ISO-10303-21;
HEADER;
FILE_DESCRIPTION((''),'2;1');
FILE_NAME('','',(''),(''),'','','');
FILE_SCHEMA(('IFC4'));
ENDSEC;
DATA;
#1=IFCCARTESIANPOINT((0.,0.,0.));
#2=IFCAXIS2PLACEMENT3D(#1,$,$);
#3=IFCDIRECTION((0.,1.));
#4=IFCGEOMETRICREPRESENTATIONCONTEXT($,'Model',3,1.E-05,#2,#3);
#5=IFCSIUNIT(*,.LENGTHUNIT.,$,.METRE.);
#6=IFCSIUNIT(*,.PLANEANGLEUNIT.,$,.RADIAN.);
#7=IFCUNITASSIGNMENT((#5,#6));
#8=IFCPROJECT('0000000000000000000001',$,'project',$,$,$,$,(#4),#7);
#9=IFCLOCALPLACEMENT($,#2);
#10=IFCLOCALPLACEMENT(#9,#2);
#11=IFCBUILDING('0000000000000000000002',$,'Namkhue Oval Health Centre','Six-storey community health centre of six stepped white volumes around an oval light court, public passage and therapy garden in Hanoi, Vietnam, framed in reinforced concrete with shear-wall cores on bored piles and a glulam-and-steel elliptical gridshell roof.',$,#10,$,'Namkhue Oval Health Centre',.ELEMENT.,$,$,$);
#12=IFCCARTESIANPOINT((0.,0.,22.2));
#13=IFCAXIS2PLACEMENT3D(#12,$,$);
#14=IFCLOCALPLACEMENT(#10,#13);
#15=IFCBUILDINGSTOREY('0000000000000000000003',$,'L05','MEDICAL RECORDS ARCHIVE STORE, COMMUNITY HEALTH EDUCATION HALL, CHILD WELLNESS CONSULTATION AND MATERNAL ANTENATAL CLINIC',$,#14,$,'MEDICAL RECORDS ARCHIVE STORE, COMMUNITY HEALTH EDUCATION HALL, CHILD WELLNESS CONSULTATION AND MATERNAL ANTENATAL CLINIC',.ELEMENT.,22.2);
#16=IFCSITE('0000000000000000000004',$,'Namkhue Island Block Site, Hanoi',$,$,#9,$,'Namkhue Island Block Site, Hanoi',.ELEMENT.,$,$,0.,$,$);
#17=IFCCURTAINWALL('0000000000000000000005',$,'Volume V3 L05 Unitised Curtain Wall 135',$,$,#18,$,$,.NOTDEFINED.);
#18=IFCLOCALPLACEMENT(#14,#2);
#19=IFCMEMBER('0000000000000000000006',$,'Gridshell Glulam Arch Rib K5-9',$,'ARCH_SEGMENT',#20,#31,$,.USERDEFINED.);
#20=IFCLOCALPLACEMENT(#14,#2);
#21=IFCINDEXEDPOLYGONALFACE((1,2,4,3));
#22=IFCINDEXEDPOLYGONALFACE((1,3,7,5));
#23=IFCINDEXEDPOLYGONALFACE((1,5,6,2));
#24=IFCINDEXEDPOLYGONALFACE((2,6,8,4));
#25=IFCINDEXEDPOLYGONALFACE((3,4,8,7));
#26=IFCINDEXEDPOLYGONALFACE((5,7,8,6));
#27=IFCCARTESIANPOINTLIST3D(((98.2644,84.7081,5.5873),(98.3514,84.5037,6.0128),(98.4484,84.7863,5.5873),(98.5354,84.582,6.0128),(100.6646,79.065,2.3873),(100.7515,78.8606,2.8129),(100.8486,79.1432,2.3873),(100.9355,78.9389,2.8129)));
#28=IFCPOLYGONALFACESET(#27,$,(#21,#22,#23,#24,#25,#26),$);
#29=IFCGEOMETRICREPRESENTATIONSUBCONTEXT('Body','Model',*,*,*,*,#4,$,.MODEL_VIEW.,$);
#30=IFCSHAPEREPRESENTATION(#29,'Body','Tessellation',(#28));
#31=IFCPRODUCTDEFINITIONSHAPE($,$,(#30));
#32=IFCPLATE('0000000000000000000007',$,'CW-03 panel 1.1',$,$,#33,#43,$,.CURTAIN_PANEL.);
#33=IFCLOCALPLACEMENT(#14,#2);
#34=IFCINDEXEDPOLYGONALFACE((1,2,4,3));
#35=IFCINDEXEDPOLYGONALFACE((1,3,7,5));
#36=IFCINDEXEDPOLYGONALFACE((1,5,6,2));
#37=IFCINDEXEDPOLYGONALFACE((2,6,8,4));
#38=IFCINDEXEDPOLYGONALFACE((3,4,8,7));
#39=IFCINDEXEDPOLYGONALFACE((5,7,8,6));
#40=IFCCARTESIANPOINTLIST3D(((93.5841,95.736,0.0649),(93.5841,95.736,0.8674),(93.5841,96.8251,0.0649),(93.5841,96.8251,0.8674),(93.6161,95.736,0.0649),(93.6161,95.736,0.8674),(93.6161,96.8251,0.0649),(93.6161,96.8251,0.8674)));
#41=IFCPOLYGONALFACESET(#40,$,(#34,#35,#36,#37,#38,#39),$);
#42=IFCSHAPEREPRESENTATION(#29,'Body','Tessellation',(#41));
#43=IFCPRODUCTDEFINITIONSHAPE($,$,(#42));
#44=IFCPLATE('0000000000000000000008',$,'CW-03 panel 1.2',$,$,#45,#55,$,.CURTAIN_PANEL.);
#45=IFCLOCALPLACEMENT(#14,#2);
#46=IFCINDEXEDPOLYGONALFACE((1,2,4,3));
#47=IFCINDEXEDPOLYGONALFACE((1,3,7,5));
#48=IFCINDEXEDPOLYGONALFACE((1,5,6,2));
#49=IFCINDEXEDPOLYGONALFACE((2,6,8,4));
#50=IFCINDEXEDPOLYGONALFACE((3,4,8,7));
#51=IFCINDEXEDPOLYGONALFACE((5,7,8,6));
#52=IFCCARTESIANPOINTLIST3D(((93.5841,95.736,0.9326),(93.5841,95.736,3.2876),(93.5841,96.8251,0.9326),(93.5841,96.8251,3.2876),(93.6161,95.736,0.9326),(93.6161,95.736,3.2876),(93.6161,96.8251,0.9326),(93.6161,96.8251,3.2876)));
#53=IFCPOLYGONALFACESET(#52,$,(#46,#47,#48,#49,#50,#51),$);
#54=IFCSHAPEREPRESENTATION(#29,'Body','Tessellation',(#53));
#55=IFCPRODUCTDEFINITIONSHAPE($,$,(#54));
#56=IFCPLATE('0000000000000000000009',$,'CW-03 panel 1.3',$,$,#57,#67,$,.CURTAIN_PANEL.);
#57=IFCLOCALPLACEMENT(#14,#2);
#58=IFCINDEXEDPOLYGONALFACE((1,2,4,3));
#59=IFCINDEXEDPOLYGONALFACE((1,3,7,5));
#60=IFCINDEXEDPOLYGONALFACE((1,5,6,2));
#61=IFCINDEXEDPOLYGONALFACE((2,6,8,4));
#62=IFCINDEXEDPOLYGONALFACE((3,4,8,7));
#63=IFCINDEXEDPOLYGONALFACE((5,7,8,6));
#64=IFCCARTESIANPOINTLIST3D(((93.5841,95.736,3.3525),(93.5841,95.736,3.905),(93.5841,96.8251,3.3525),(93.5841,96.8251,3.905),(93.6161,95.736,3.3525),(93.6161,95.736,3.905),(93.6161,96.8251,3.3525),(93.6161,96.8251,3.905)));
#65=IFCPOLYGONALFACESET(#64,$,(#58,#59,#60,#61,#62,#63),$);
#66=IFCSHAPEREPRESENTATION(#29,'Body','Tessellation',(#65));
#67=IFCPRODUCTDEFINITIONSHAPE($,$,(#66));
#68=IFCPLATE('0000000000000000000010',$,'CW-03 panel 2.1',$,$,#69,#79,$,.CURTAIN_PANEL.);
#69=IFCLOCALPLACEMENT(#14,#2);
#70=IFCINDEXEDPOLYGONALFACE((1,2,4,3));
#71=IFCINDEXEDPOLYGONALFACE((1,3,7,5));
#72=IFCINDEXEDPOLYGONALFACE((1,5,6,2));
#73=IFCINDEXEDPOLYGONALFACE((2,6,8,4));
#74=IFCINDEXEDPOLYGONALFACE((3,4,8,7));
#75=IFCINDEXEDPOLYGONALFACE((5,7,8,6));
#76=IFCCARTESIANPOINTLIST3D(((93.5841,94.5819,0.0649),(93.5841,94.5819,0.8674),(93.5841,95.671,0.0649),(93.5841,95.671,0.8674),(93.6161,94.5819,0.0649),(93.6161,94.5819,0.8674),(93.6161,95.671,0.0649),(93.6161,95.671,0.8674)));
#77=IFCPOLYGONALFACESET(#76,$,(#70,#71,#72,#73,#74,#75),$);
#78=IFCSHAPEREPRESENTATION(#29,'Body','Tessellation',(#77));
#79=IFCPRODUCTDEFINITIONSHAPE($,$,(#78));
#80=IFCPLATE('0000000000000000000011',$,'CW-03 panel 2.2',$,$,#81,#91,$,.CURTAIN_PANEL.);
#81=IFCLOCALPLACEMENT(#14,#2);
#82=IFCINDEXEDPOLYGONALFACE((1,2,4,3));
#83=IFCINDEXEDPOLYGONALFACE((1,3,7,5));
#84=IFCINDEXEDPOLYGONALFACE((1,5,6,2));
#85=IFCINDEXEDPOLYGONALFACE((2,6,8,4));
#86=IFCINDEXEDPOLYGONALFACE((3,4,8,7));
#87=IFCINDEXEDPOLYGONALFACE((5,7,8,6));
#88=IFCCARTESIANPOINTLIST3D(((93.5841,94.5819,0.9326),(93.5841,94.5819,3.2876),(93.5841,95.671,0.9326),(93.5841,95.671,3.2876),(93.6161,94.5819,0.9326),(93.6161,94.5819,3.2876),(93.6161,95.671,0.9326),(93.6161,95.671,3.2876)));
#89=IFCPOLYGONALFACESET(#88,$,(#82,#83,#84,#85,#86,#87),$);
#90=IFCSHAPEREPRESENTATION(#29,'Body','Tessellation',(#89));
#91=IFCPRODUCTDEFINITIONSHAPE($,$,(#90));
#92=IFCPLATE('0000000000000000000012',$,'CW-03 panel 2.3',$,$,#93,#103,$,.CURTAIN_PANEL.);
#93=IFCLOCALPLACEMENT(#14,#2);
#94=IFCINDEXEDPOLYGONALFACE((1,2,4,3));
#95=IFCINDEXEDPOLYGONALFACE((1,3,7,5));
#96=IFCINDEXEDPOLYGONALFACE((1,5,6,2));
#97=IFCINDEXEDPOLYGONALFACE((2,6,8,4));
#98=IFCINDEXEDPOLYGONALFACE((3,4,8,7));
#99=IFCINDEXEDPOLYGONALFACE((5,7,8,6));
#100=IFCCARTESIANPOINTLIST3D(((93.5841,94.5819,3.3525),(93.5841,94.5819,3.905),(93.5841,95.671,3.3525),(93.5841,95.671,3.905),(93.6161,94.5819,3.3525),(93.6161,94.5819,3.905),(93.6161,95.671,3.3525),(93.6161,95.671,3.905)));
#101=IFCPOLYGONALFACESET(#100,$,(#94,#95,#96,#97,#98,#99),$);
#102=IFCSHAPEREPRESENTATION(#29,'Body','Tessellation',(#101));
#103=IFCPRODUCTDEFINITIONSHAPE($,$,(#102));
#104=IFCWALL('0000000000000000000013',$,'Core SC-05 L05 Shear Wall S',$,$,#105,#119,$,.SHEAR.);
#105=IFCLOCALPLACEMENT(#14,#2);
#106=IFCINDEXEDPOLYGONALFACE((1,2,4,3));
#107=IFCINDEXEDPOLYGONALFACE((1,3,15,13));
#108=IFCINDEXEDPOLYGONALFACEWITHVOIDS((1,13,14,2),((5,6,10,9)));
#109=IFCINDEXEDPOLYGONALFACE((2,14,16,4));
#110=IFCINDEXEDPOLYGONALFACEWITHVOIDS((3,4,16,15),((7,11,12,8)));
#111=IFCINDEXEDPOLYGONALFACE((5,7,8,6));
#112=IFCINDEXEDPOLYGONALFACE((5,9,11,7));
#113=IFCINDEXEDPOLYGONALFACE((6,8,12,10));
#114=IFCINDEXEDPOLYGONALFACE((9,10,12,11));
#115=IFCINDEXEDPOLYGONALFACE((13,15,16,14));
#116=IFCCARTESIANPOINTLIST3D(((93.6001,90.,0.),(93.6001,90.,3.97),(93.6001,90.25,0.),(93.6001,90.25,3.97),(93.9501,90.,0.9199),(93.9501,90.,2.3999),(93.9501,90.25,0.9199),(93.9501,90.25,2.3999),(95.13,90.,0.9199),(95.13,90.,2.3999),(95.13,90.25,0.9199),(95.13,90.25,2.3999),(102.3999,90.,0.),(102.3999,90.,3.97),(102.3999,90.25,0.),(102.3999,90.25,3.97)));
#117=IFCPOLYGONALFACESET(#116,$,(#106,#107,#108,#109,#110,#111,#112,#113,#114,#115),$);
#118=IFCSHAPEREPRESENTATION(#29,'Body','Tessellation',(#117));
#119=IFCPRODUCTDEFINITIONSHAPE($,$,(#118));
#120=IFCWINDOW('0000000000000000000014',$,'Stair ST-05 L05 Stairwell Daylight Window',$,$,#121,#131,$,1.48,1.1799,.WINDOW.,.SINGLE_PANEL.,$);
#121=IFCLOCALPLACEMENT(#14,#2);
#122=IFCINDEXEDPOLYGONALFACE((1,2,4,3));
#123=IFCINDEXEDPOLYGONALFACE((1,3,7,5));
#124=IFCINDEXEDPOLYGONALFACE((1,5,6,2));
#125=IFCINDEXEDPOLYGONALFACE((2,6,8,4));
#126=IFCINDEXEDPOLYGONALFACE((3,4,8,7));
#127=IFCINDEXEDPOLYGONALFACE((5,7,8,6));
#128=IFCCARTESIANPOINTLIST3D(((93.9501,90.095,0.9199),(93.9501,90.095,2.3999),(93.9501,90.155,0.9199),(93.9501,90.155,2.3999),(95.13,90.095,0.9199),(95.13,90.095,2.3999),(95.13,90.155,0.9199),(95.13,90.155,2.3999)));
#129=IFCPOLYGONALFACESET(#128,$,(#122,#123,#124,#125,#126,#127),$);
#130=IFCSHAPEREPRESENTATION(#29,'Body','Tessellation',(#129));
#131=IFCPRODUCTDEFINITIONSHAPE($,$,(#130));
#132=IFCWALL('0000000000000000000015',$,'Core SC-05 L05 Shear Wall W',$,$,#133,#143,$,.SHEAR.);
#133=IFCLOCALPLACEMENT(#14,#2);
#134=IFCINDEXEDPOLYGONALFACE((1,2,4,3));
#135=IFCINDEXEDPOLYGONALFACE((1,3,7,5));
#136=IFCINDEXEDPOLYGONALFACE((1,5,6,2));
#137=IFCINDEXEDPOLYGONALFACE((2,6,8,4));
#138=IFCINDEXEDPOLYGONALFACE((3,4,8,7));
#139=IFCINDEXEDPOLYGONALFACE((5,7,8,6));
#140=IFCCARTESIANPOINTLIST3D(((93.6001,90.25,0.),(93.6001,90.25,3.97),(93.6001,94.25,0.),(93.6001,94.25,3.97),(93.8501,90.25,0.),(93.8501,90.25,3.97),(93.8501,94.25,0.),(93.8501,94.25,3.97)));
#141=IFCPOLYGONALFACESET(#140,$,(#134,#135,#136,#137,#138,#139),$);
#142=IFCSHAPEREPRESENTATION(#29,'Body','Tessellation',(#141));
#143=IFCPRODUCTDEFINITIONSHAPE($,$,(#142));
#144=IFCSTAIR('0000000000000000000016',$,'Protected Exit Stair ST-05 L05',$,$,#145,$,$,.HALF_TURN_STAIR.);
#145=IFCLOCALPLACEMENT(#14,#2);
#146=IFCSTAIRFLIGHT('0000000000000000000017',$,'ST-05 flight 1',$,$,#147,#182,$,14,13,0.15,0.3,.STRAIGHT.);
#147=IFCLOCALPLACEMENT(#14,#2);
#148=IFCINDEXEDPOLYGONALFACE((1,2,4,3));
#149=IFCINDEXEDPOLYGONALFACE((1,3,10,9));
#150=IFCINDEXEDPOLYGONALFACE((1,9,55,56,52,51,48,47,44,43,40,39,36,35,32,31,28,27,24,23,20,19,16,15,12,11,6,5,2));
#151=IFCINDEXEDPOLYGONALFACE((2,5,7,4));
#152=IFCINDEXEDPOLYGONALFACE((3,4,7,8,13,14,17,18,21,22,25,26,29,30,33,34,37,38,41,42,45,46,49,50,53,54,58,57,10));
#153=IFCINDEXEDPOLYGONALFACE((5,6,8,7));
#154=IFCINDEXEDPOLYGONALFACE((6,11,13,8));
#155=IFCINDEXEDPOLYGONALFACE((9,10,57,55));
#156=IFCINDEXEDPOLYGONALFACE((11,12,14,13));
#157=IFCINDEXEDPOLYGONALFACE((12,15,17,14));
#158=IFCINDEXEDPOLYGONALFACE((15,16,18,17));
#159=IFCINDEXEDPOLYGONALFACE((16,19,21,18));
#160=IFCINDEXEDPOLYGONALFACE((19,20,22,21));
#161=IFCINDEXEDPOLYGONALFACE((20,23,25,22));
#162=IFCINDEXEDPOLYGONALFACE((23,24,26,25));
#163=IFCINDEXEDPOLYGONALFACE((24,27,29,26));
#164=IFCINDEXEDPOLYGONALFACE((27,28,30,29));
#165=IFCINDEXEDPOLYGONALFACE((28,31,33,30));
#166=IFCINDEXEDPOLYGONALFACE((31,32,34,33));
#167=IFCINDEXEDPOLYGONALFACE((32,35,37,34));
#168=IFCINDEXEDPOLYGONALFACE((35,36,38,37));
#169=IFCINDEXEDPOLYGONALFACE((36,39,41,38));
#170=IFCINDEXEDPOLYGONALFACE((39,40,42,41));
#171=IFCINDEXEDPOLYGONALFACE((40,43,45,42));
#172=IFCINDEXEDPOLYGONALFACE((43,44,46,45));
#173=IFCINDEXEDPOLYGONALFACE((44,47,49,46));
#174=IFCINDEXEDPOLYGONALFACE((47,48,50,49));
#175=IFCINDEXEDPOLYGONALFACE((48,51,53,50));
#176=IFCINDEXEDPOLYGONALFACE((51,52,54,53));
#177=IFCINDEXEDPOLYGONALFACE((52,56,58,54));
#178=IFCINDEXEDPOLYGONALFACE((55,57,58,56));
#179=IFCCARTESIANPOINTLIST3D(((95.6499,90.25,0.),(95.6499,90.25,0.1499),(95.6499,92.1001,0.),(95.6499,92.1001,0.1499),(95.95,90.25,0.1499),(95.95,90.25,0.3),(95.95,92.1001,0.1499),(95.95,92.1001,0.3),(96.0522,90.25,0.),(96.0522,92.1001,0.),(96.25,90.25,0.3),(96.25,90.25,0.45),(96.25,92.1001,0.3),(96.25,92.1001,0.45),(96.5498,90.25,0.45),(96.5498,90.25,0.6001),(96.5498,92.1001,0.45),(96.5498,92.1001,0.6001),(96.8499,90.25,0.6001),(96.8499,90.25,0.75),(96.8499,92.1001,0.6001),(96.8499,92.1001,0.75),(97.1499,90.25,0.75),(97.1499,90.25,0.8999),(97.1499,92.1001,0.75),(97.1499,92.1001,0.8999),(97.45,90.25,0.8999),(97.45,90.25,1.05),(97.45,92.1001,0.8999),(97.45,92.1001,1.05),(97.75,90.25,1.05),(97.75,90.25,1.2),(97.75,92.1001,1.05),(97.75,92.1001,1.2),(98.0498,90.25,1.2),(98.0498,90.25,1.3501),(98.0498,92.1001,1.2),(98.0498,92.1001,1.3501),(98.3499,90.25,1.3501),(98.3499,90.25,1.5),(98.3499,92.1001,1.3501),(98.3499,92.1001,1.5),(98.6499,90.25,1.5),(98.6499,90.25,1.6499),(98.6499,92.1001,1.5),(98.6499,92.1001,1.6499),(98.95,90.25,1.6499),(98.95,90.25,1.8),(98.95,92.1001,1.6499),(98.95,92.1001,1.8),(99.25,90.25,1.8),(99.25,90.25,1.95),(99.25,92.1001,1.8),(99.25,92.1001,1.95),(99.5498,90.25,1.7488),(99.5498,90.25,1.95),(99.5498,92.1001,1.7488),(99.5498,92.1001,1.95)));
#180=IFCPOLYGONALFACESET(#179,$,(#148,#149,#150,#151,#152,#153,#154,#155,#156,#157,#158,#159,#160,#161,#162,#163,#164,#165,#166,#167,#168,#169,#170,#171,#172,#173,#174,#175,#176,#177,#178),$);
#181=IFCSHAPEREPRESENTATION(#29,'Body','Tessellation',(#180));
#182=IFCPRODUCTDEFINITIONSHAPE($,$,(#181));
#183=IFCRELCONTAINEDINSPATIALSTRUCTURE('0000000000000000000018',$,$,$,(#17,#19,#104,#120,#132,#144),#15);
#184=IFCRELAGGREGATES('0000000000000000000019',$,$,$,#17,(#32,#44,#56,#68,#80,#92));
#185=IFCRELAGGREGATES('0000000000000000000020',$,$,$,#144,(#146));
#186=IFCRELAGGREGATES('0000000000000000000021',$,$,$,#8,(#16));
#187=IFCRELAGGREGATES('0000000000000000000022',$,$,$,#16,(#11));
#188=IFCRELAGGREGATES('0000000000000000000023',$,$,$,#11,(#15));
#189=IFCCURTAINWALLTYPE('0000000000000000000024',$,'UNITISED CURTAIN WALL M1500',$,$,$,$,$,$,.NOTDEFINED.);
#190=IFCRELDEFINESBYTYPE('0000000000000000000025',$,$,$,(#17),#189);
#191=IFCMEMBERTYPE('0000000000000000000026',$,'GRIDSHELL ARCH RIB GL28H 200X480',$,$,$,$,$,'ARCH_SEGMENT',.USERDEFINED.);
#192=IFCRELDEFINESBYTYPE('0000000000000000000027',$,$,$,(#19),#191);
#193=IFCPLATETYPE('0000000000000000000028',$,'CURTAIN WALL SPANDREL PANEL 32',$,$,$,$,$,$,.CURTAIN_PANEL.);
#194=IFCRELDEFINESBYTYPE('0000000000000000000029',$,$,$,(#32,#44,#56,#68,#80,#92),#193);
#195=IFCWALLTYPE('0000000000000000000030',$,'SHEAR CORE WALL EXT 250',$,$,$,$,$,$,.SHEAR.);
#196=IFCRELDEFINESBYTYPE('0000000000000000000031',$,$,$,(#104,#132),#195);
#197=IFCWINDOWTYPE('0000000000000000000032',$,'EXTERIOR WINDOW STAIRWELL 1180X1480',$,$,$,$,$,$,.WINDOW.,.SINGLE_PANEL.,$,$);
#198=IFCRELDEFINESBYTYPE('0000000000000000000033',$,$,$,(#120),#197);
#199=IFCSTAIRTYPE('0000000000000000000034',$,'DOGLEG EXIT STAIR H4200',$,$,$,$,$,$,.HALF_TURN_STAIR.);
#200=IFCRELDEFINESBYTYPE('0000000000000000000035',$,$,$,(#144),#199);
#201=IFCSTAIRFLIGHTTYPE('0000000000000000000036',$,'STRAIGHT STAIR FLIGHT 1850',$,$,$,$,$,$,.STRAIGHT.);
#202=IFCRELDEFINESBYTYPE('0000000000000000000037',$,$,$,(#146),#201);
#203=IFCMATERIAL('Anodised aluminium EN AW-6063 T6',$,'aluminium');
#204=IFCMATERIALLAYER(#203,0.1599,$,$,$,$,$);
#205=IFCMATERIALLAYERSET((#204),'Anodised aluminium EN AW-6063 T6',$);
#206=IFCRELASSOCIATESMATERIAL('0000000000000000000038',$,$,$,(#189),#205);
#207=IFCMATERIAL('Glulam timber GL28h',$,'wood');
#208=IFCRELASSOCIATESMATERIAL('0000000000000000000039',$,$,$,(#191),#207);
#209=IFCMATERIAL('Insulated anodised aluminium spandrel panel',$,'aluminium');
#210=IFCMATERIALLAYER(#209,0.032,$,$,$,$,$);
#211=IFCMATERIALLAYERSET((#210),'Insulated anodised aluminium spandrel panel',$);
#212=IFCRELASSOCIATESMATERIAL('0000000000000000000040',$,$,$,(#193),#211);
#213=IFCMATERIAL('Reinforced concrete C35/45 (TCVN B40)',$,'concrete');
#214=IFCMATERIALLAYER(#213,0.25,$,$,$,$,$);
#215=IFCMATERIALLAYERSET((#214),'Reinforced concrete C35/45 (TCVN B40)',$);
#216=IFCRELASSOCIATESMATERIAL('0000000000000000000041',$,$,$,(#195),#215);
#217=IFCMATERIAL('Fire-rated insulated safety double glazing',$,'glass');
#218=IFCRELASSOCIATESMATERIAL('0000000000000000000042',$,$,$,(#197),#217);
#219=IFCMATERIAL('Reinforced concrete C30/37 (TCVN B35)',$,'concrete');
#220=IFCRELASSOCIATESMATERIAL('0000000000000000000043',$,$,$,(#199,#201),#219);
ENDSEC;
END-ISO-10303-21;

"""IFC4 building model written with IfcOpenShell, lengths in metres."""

from ifc_helpers import new_model, si_unit, direction, frame, frame_2d, origin, origin_2d, place, context, subcontext, project, spatial, polyline, rectangle, outline, extrude, material, layer, layer_set, material_profile, profile_set, type_object, element, fill, aggregate, save


model = new_model("IFC4")

# Units and contexts
model_context = context("Model", 3, precision=1e-05, world=origin(), true_north=direction((0.0, 1.0)))
body_context = subcontext(model_context, "Body", "Model", "MODEL_VIEW")
ifc_project = project(units=[si_unit("LENGTHUNIT", "METRE"), si_unit("PLANEANGLEUNIT", "RADIAN")], contexts=[model_context])

# Site, building, storey
site_placement = place(None, origin())
site = spatial("IfcSite", under=ifc_project, at=site_placement, Name="Namkhue Island Block Site, Hanoi", LongName="Namkhue Island Block Site, Hanoi", CompositionType="ELEMENT", RefElevation=0.0)
building_placement = place(site_placement, origin())
building = spatial("IfcBuilding", under=site, at=building_placement, Name="Namkhue Oval Health Centre", Description="Six-storey community health centre of six stepped white volumes around an oval light court, public passage and therapy garden in Hanoi, Vietnam, framed in reinforced concrete with shear-wall cores on bored piles and a glulam-and-steel elliptical gridshell roof.", LongName="Namkhue Oval Health Centre", CompositionType="ELEMENT")
storey_placement = place(building_placement, frame((0.0, 0.0, 22.2)))
storey = spatial("IfcBuildingStorey", under=building, at=storey_placement, Name="L05", Description="MEDICAL RECORDS ARCHIVE STORE, COMMUNITY HEALTH EDUCATION HALL, CHILD WELLNESS CONSULTATION AND MATERNAL ANTENATAL CLINIC", LongName="MEDICAL RECORDS ARCHIVE STORE, COMMUNITY HEALTH EDUCATION HALL, CHILD WELLNESS CONSULTATION AND MATERNAL ANTENATAL CLINIC", CompositionType="ELEMENT", Elevation=22.2)

# Shared definitions
ifc_material_1 = material(Name="Reinforced concrete C35/45 (TCVN B40)", Category="concrete")

# Curtain wall
ifc_material_2 = material(Name="Anodised aluminium EN AW-6063 T6", Category="aluminium")
ifc_layer_1 = layer(ifc_material_2, 0.1599)
ifc_layer_set_1 = layer_set([ifc_layer_1], Name="Anodised aluminium EN AW-6063 T6")
curtain_wall_type = type_object("IfcCurtainWallType", Name="UNITISED CURTAIN WALL M1500", PredefinedType="NOTDEFINED", material=ifc_layer_set_1)
curtain_wall_placement = place(storey_placement, origin())
curtain_wall = element("IfcCurtainWall", 1, at=curtain_wall_placement, inside=storey, type_object=curtain_wall_type, Name="Volume V3 L05 Unitised Curtain Wall 135", PredefinedType="NOTDEFINED")

# Member
ifc_material_3 = material(Name="Glulam timber GL28h", Category="wood")
ifc_material_profile_1 = material_profile(ifc_material_3, rectangle(XDim=0.2, YDim=0.48, at=origin_2d()), Name="GL28h 200x480")
ifc_profile_set_1 = profile_set([ifc_material_profile_1], Name="Glulam timber GL28h")
member_type_1 = type_object("IfcMemberType", Name="GRIDSHELL ARCH RIB GL28H 200X480", ElementType="ARCH_SEGMENT", PredefinedType="USERDEFINED", material=ifc_profile_set_1)
member_1_placement = place(storey_placement, frame((98.3999, 84.645, 5.8), z_axis=(0.346993, -0.815828, -0.462623), x_axis=(0.920223, 0.391395, 0.0)))
element("IfcMember", 2, at=member_1_placement, inside=storey, type_object=member_type_1, Name="Gridshell Glulam Arch Rib K5-9", ObjectType="ARCH_SEGMENT", PredefinedType="USERDEFINED", context=body_context, shape_type="SweptSolid", body=[
    extrude(rectangle(XDim=0.2, YDim=0.48, at=origin_2d()), origin(), (0.0, 0.0, 1.0), 6.917),
])

# Plates
ifc_material_4 = material(Name="Insulated anodised aluminium spandrel panel", Category="aluminium")
ifc_layer_2 = layer(ifc_material_4, 0.032)
ifc_layer_set_2 = layer_set([ifc_layer_2], Name="Insulated anodised aluminium spandrel panel")
plate_type = type_object("IfcPlateType", Name="CURTAIN WALL SPANDREL PANEL 32", PredefinedType="CURTAIN_PANEL", material=ifc_layer_set_2)
plate_1_placement = place(storey_placement, frame((93.6001, 96.2805, 0.0649), z_axis=(0.0, 0.0, 1.0), x_axis=(0.0, -1.0, 0.0)))
plate_1 = element("IfcPlate", 3, at=plate_1_placement, type_object=plate_type, Name="CW-03 panel 1.1", PredefinedType="CURTAIN_PANEL", context=body_context, shape_type="SweptSolid", body=[
    extrude(rectangle(XDim=1.0891, YDim=0.032, at=origin_2d()), origin(), (0.0, 0.0, 1.0), 0.8025),
])
plate_2_placement = place(storey_placement, frame((93.6001, 96.2805, 0.9326), z_axis=(0.0, 0.0, 1.0), x_axis=(0.0, -1.0, 0.0)))
plate_2 = element("IfcPlate", 4, at=plate_2_placement, type_object=plate_type, Name="CW-03 panel 1.2", PredefinedType="CURTAIN_PANEL", context=body_context, shape_type="SweptSolid", body=[
    extrude(rectangle(XDim=1.0891, YDim=0.032, at=origin_2d()), origin(), (0.0, 0.0, 1.0), 2.355),
])
plate_3_placement = place(storey_placement, frame((93.6001, 96.2805, 3.3525), z_axis=(0.0, 0.0, 1.0), x_axis=(0.0, -1.0, 0.0)))
plate_3 = element("IfcPlate", 5, at=plate_3_placement, type_object=plate_type, Name="CW-03 panel 1.3", PredefinedType="CURTAIN_PANEL", context=body_context, shape_type="SweptSolid", body=[
    extrude(rectangle(XDim=1.0891, YDim=0.032, at=origin_2d()), origin(), (0.0, 0.0, 1.0), 0.5525),
])
plate_4_placement = place(storey_placement, frame((93.6001, 95.1265, 0.0649), z_axis=(0.0, 0.0, 1.0), x_axis=(0.0, -1.0, 0.0)))
plate_4 = element("IfcPlate", 6, at=plate_4_placement, type_object=plate_type, Name="CW-03 panel 2.1", PredefinedType="CURTAIN_PANEL", context=body_context, shape_type="SweptSolid", body=[
    extrude(rectangle(XDim=1.0891, YDim=0.032, at=origin_2d()), origin(), (0.0, 0.0, 1.0), 0.8025),
])
plate_5_placement = place(storey_placement, frame((93.6001, 95.1265, 0.9326), z_axis=(0.0, 0.0, 1.0), x_axis=(0.0, -1.0, 0.0)))
plate_5 = element("IfcPlate", 7, at=plate_5_placement, type_object=plate_type, Name="CW-03 panel 2.2", PredefinedType="CURTAIN_PANEL", context=body_context, shape_type="SweptSolid", body=[
    extrude(rectangle(XDim=1.0891, YDim=0.032, at=origin_2d()), origin(), (0.0, 0.0, 1.0), 2.355),
])
plate_6_placement = place(storey_placement, frame((93.6001, 95.1265, 3.3525), z_axis=(0.0, 0.0, 1.0), x_axis=(0.0, -1.0, 0.0)))
plate_6 = element("IfcPlate", 8, at=plate_6_placement, type_object=plate_type, Name="CW-03 panel 2.3", PredefinedType="CURTAIN_PANEL", context=body_context, shape_type="SweptSolid", body=[
    extrude(rectangle(XDim=1.0891, YDim=0.032, at=origin_2d()), origin(), (0.0, 0.0, 1.0), 0.5525),
])
aggregate(curtain_wall, [plate_1, plate_2, plate_3, plate_4, plate_5, plate_6])

# Wall, opening, window
ifc_layer_3 = layer(ifc_material_1, 0.25)
ifc_layer_set_3 = layer_set([ifc_layer_3], Name="Reinforced concrete C35/45 (TCVN B40)")
wall_type = type_object("IfcWallType", Name="SHEAR CORE WALL EXT 250", PredefinedType="SHEAR", material=ifc_layer_set_3)
wall_1_placement = place(storey_placement, frame((93.6001, 90.125, 0.0), z_axis=(0.0, 0.0, 1.0), x_axis=(1.0, 0.0, 0.0)))
wall_1 = element("IfcWall", 9, at=wall_1_placement, inside=storey, type_object=wall_type, Name="Core SC-05 L05 Shear Wall S", PredefinedType="SHEAR", context=body_context, shape_type="SweptSolid", body=[
    extrude(rectangle(XDim=8.7998, YDim=0.25, at=frame_2d((4.3999, 0.0))), origin(), (0.0, 0.0, 1.0), 3.97),
])
opening_placement = place(wall_1_placement, frame((0.3501, 0.0, 0.9199)))
opening = element("IfcOpeningElement", 10, at=opening_placement, cuts=wall_1, PredefinedType="OPENING", context=body_context, shape_type="SweptSolid", body=[
    extrude(rectangle(XDim=1.1799, YDim=1.48, at=frame_2d((0.5898, 0.74))), frame((0.0, 0.135, 0.0), z_axis=(0.0, -1.0, 0.0), x_axis=(1.0, 0.0, 0.0)), (0.0, 0.0, 1.0), 0.27),
])
ifc_material_5 = material(Name="Fire-rated insulated safety double glazing", Category="glass")
window_type = type_object("IfcWindowType", Name="EXTERIOR WINDOW STAIRWELL 1180X1480", PartitioningType="SINGLE_PANEL", PredefinedType="WINDOW", material=ifc_material_5)
window_placement = place(opening_placement, origin())
window = element("IfcWindow", 11, at=window_placement, inside=storey, type_object=window_type, Name="Stair ST-05 L05 Stairwell Daylight Window", OverallHeight=1.48, OverallWidth=1.1799, PartitioningType="SINGLE_PANEL", PredefinedType="WINDOW", context=body_context, shape_type="SweptSolid", body=[
    extrude(rectangle(XDim=1.1799, YDim=1.48, at=frame_2d((0.5898, 0.74))), frame((0.0, 0.03, 0.0), z_axis=(0.0, -1.0, 0.0), x_axis=(1.0, 0.0, 0.0)), (0.0, 0.0, 1.0), 0.0601),
])
fill(opening, window)

# Wall
wall_2_placement = place(storey_placement, frame((93.7251, 94.25, 0.0), z_axis=(0.0, 0.0, 1.0), x_axis=(0.0, -1.0, 0.0)))
element("IfcWall", 12, at=wall_2_placement, inside=storey, type_object=wall_type, Name="Core SC-05 L05 Shear Wall W", PredefinedType="SHEAR", context=body_context, shape_type="SweptSolid", body=[
    extrude(rectangle(XDim=4.0, YDim=0.25, at=frame_2d((2.0, 0.0))), origin(), (0.0, 0.0, 1.0), 3.97),
])

# Stair, stair flight
ifc_material_6 = material(Name="Reinforced concrete C30/37 (TCVN B35)", Category="concrete")
stair_type = type_object("IfcStairType", Name="DOGLEG EXIT STAIR H4200", PredefinedType="HALF_TURN_STAIR", material=ifc_material_6)
stair_placement = place(storey_placement, origin())
stair = element("IfcStair", 13, at=stair_placement, inside=storey, type_object=stair_type, Name="Protected Exit Stair ST-05 L05", PredefinedType="HALF_TURN_STAIR")
stair_flight_type = type_object("IfcStairFlightType", Name="STRAIGHT STAIR FLIGHT 1850", PredefinedType="STRAIGHT", material=ifc_material_6)
stair_flight_1_placement = place(storey_placement, frame((95.6499, 91.175, 0.0), z_axis=(0.0, 0.0, 1.0), x_axis=(1.0, 0.0, 0.0)))
stair_flight_1 = element("IfcStairFlight", 14, at=stair_flight_1_placement, type_object=stair_flight_type, Name="ST-05 flight 1", NumberOfRisers=14, NumberOfTreads=13, PredefinedType="STRAIGHT", RiserHeight=0.15, TreadLength=0.3, context=body_context, shape_type="SweptSolid", body=[
    extrude(outline(polyline([(0.0, 0.0), (0.0, 0.1499), (0.3, 0.1499), (0.3, 0.3), (0.6001, 0.3), (0.6001, 0.45), (0.8999, 0.45), (0.8999, 0.6001), (1.2, 0.6001), (1.2, 0.75), (1.5, 0.75), (1.5, 0.8999), (1.8, 0.8999), (1.8, 1.05), (2.1001, 1.05), (2.1001, 1.2), (2.3999, 1.2), (2.3999, 1.3501), (2.7, 1.3501), (2.7, 1.5), (3.0, 1.5), (3.0, 1.6499), (3.3, 1.6499), (3.3, 1.8), (3.6001, 1.8), (3.6001, 1.95), (3.8999, 1.95), (3.8999, 2.1001), (3.8999, 1.7488), (0.4023, 0.0), (0.0, 0.0)])), frame((0.0, 0.925, 0.0), z_axis=(0.0, -1.0, 0.0), x_axis=(1.0, 0.0, 0.0)), (0.0, 0.0, 1.0), 1.8501),
])
aggregate(stair, [stair_flight_1])

save(model, "model.ifc")
